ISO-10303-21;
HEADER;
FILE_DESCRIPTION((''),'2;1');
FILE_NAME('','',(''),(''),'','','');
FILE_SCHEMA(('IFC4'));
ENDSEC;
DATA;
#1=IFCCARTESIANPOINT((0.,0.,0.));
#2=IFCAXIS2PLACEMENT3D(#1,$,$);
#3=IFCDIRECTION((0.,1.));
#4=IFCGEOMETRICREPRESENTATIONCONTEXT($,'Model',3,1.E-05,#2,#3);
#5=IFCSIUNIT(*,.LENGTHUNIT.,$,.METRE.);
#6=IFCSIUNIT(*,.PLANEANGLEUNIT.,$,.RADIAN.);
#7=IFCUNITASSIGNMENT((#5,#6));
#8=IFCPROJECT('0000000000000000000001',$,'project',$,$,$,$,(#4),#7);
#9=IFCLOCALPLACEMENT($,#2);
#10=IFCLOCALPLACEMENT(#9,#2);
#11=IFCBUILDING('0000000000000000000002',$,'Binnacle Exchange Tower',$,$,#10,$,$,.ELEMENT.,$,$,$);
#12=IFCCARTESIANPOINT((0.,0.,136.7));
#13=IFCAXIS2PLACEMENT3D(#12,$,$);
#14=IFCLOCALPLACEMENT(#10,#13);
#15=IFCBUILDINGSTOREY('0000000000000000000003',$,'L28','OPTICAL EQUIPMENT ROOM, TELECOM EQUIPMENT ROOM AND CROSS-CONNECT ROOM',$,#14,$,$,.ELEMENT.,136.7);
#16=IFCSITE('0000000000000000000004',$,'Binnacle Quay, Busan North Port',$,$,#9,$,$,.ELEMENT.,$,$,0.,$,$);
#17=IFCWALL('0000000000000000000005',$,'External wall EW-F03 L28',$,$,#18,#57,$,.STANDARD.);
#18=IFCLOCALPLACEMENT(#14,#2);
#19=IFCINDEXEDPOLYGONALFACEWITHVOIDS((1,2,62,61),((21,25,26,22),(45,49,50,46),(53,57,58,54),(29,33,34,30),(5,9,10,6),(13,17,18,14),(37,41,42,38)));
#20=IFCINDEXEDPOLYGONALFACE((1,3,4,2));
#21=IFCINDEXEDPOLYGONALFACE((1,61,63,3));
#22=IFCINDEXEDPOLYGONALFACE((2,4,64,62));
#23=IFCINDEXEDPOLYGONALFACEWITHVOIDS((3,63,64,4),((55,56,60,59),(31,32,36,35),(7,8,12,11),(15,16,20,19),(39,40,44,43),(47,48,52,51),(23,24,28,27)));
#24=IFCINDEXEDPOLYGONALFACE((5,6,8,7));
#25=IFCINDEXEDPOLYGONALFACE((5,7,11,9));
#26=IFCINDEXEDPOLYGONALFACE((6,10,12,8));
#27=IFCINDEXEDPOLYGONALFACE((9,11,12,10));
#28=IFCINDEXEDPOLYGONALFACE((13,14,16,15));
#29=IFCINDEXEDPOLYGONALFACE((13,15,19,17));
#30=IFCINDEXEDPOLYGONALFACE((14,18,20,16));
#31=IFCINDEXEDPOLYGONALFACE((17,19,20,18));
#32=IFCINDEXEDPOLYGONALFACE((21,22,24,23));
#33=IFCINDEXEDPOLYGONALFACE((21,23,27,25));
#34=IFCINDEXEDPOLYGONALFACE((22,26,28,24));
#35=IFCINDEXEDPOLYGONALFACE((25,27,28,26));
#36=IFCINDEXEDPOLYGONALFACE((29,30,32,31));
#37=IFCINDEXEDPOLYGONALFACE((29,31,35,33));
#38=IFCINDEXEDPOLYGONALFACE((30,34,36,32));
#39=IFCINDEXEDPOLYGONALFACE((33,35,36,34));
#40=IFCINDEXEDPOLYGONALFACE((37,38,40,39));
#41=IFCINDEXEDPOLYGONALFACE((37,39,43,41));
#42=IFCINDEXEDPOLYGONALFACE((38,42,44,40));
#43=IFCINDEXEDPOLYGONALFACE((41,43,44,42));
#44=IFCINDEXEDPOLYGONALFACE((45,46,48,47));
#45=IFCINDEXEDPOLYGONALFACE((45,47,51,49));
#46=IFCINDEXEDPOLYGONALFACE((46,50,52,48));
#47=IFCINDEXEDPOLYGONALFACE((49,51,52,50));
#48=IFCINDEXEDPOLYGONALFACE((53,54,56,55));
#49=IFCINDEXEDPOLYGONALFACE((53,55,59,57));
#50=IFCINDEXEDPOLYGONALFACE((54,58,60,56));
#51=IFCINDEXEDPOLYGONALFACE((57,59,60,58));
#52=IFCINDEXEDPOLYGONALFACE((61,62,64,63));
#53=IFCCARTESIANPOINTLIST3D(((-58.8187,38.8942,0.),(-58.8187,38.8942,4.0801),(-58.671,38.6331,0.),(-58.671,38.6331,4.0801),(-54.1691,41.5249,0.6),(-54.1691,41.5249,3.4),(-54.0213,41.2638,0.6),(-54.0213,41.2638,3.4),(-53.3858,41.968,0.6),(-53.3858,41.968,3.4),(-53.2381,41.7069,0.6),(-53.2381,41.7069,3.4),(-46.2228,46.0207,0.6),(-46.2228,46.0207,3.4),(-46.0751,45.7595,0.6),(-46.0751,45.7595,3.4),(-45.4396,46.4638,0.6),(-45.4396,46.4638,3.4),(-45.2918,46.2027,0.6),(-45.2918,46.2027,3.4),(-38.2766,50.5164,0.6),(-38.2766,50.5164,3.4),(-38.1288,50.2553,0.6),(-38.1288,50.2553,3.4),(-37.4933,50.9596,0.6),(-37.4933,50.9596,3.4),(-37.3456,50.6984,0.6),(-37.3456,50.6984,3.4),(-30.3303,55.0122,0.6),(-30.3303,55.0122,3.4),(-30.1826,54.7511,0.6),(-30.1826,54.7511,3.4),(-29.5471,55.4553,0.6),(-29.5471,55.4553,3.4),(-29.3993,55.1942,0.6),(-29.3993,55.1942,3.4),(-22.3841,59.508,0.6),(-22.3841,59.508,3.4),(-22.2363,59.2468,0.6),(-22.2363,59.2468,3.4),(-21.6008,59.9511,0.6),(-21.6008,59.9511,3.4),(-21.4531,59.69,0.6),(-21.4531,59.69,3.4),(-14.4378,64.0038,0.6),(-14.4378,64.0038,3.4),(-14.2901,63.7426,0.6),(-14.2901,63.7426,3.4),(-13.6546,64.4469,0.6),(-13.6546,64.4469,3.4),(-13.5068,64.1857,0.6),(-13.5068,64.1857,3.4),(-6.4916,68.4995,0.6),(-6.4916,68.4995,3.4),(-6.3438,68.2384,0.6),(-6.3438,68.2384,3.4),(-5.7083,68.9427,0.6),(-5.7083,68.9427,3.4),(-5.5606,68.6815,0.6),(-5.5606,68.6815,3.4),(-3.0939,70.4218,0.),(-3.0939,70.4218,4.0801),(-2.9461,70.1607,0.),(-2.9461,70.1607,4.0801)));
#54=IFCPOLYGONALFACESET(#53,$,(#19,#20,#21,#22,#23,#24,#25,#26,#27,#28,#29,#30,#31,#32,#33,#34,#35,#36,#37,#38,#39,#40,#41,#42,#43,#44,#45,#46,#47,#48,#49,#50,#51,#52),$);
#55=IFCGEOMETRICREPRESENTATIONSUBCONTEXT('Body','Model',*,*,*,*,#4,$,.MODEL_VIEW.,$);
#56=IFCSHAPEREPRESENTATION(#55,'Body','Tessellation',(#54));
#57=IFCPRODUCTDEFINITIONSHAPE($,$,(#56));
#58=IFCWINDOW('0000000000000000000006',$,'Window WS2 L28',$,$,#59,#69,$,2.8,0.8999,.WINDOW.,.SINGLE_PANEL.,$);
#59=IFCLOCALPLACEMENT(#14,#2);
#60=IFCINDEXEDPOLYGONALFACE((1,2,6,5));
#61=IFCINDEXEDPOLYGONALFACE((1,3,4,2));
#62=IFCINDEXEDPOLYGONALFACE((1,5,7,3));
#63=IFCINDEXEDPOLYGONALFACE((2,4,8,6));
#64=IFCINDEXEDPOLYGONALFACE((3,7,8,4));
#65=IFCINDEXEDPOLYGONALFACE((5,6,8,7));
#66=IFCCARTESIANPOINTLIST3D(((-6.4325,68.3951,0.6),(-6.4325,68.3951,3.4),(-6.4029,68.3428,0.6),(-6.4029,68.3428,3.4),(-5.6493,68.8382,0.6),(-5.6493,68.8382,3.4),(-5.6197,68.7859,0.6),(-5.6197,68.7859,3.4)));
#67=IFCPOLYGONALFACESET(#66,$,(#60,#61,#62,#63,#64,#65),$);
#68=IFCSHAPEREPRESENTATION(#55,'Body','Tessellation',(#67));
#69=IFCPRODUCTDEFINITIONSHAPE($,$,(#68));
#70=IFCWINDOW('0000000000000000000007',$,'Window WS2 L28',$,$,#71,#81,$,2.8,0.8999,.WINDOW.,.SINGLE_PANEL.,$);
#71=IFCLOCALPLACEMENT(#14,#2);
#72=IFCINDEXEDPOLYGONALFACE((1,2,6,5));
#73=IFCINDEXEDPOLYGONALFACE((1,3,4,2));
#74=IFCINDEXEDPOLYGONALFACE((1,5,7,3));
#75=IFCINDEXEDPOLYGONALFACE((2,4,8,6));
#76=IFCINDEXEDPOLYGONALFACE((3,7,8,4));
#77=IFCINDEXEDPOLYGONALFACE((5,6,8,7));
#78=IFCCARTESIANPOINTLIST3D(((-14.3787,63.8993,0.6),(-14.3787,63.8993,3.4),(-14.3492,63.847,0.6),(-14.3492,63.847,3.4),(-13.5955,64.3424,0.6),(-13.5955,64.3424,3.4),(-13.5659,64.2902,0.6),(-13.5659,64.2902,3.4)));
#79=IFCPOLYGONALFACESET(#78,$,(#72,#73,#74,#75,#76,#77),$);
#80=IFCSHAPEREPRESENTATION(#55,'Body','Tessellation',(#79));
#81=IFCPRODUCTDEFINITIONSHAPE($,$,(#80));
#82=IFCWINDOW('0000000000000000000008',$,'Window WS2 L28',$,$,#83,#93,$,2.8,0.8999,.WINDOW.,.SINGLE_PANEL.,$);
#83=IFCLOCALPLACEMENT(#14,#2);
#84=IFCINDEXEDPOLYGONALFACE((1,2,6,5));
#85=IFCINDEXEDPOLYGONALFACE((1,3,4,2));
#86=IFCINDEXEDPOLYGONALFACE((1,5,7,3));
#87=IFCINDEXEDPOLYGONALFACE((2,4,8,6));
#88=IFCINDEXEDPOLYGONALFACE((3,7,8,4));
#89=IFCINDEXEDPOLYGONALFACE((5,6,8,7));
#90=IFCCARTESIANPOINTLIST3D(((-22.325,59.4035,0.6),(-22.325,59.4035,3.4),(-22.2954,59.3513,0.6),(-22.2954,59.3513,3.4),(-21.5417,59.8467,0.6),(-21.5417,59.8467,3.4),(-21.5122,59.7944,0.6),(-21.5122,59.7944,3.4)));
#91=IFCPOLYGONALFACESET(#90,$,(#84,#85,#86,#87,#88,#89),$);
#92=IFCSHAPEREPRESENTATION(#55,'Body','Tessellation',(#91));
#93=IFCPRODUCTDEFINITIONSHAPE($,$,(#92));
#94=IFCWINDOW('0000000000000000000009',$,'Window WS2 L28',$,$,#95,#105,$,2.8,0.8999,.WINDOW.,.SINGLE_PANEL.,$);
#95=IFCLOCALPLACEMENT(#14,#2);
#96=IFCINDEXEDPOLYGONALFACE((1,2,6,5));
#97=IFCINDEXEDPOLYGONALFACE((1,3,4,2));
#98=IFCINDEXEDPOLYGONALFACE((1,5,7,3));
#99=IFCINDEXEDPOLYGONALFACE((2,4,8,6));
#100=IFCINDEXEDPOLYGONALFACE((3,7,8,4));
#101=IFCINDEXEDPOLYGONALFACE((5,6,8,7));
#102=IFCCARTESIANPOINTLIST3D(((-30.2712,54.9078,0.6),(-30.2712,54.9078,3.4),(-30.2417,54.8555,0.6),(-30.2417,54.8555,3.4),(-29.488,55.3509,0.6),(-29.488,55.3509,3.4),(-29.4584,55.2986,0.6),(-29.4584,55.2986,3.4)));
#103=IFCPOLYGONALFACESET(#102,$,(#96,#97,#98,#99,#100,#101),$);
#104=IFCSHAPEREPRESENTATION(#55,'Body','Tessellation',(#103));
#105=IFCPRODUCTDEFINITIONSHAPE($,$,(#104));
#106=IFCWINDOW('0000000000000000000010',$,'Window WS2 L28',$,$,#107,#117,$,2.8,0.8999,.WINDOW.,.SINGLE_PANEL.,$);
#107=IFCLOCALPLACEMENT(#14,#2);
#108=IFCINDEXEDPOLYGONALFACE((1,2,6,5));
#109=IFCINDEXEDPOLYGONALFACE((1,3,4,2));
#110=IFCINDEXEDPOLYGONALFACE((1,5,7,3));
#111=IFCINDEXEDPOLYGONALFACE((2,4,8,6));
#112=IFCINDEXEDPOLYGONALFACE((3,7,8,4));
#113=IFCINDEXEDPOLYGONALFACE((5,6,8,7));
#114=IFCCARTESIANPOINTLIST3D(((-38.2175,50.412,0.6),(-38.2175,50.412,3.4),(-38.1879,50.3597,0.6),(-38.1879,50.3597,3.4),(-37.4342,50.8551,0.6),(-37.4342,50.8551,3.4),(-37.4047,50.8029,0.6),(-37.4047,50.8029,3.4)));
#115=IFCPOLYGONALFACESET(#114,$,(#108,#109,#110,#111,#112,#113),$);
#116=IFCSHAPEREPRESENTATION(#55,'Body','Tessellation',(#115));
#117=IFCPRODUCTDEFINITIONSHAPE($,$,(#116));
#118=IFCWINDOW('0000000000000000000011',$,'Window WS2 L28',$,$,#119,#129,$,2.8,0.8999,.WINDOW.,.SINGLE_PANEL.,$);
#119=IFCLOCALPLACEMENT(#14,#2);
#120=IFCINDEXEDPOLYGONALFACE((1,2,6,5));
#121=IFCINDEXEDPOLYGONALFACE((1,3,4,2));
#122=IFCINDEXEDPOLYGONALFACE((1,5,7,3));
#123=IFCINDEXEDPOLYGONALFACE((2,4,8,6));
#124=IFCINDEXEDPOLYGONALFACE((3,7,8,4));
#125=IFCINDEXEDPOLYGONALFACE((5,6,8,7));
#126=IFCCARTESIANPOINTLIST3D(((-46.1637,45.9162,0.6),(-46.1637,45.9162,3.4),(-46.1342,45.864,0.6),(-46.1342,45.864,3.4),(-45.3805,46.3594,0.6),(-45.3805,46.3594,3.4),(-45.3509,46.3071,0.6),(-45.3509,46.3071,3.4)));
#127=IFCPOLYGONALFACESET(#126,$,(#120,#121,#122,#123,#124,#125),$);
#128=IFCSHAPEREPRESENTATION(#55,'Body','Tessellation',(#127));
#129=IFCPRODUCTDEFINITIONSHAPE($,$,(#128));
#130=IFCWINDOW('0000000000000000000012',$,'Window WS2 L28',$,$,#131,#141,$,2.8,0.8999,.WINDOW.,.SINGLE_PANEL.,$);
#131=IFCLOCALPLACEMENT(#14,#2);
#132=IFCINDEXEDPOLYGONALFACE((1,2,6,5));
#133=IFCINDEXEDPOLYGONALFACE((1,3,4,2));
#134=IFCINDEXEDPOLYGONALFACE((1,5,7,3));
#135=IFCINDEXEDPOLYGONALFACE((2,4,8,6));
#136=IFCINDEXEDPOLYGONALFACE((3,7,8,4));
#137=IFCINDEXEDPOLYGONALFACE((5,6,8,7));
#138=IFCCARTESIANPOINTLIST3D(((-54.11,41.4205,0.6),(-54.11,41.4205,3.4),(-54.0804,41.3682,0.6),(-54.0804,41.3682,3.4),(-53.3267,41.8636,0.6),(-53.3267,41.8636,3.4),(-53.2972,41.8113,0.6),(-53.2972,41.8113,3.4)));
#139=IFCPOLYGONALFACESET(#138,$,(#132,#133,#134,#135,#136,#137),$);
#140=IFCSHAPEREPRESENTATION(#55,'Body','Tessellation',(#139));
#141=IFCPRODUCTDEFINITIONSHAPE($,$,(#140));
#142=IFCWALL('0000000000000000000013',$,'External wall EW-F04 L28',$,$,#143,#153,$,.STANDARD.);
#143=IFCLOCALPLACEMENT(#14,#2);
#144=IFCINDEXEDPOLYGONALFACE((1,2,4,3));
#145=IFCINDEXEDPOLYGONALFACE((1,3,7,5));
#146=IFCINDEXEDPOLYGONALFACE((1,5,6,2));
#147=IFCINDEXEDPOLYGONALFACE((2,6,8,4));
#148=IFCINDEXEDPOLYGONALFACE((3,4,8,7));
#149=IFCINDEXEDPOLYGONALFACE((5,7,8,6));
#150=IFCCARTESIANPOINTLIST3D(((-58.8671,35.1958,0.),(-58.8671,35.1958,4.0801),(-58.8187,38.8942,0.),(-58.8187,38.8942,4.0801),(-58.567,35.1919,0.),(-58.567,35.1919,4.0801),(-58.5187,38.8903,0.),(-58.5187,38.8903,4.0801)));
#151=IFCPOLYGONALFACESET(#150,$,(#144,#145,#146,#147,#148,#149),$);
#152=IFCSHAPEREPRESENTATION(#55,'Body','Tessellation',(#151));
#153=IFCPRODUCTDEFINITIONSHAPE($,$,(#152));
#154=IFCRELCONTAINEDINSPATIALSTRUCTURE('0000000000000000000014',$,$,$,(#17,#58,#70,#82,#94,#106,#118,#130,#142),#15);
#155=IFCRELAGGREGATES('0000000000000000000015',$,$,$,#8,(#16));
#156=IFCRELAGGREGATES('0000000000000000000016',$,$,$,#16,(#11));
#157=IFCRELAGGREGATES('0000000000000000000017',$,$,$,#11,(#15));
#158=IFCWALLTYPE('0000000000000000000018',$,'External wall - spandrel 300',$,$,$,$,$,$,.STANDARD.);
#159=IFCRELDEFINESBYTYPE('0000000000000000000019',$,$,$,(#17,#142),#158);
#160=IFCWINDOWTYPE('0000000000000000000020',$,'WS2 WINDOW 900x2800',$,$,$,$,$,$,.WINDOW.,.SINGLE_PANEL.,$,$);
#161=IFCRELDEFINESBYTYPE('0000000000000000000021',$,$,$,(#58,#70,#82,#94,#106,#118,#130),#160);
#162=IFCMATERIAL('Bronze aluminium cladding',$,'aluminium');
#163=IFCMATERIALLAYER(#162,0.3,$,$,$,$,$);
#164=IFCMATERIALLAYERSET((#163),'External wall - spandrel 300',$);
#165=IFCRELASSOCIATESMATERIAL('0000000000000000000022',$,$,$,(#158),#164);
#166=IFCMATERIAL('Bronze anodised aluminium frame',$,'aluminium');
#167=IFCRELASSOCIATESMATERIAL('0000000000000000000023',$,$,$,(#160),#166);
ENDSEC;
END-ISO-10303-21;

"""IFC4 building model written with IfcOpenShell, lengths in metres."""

from ifc_helpers import new_model, si_unit, direction, frame, frame_2d, origin, place, context, subcontext, project, spatial, rectangle, extrude, material, layer, layer_set, type_object, element, fill, save


model = new_model("IFC4")

# Units and contexts
model_context = context("Model", 3, precision=1e-05, world=origin(), true_north=direction((0.0, 1.0)))
body_context = subcontext(model_context, "Body", "Model", "MODEL_VIEW")
ifc_project = project(units=[si_unit("LENGTHUNIT", "METRE"), si_unit("PLANEANGLEUNIT", "RADIAN")], contexts=[model_context])

# Site, building, storey
site_placement = place(None, origin())
site = spatial("IfcSite", under=ifc_project, at=site_placement, Name="Binnacle Quay, Busan North Port", CompositionType="ELEMENT", RefElevation=0.0)
building_placement = place(site_placement, origin())
building = spatial("IfcBuilding", under=site, at=building_placement, Name="Binnacle Exchange Tower", CompositionType="ELEMENT")
storey_placement = place(building_placement, frame((0.0, 0.0, 136.7)))
storey = spatial("IfcBuildingStorey", under=building, at=storey_placement, Name="L28", Description="OPTICAL EQUIPMENT ROOM, TELECOM EQUIPMENT ROOM AND CROSS-CONNECT ROOM", CompositionType="ELEMENT", Elevation=136.7)

# Wall, openings, windows
ifc_material_1 = material(Name="Bronze aluminium cladding", Category="aluminium")
ifc_layer_1 = layer(ifc_material_1, 0.3)
ifc_layer_set_1 = layer_set([ifc_layer_1], Name="External wall - spandrel 300")
wall_type_1 = type_object("IfcWallType", Name="External wall - spandrel 300", PredefinedType="STANDARD", material=ifc_layer_set_1)
wall_1_placement = place(storey_placement, frame((-58.7449, 38.7637, 0.0), z_axis=(0.0, 0.0, 1.0), x_axis=(0.870356, 0.492423, 0.0)))
wall_1 = element("IfcWall", 1, at=wall_1_placement, inside=storey, type_object=wall_type_1, Name="External wall EW-F03 L28", PredefinedType="STANDARD", context=body_context, shape_type="SweptSolid", body=[
    extrude(rectangle(XDim=64.0254, YDim=0.3, at=frame_2d((32.0127, 0.0))), origin(), (0.0, 0.0, 1.0), 4.0801),
])
opening_1_placement = place(wall_1_placement, frame((60.1216, 0.0, 0.6001)))
opening_1 = element("IfcOpeningElement", 2, at=opening_1_placement, cuts=wall_1, PredefinedType="OPENING", context=body_context, shape_type="SweptSolid", body=[
    extrude(rectangle(XDim=0.8999, YDim=2.8, at=frame_2d((0.45, 1.3999))), frame((0.0, 0.1599, 0.0), z_axis=(0.0, -1.0, 0.0), x_axis=(1.0, 0.0, 0.0)), (0.0, 0.0, 1.0), 0.3201),
])
opening_2_placement = place(wall_1_placement, frame((50.9917, 0.0, 0.6001)))
opening_2 = element("IfcOpeningElement", 3, at=opening_2_placement, cuts=wall_1, PredefinedType="OPENING", context=body_context, shape_type="SweptSolid", body=[
    extrude(rectangle(XDim=0.8999, YDim=2.8, at=frame_2d((0.45, 1.3999))), frame((0.0, 0.1599, 0.0), z_axis=(0.0, -1.0, 0.0), x_axis=(1.0, 0.0, 0.0)), (0.0, 0.0, 1.0), 0.3201),
])
opening_3_placement = place(wall_1_placement, frame((41.8618, 0.0, 0.6001)))
opening_3 = element("IfcOpeningElement", 4, at=opening_3_placement, cuts=wall_1, PredefinedType="OPENING", context=body_context, shape_type="SweptSolid", body=[
    extrude(rectangle(XDim=0.8999, YDim=2.8, at=frame_2d((0.45, 1.3999))), frame((0.0, 0.1599, 0.0), z_axis=(0.0, -1.0, 0.0), x_axis=(1.0, 0.0, 0.0)), (0.0, 0.0, 1.0), 0.3201),
])
opening_4_placement = place(wall_1_placement, frame((32.7319, 0.0, 0.6001)))
opening_4 = element("IfcOpeningElement", 5, at=opening_4_placement, cuts=wall_1, PredefinedType="OPENING", context=body_context, shape_type="SweptSolid", body=[
    extrude(rectangle(XDim=0.8999, YDim=2.8, at=frame_2d((0.45, 1.3999))), frame((0.0, 0.1599, 0.0), z_axis=(0.0, -1.0, 0.0), x_axis=(1.0, 0.0, 0.0)), (0.0, 0.0, 1.0), 0.3201),
])
opening_5_placement = place(wall_1_placement, frame((23.6021, 0.0, 0.6001)))
opening_5 = element("IfcOpeningElement", 6, at=opening_5_placement, cuts=wall_1, PredefinedType="OPENING", context=body_context, shape_type="SweptSolid", body=[
    extrude(rectangle(XDim=0.8999, YDim=2.8, at=frame_2d((0.45, 1.3999))), frame((0.0, 0.1599, 0.0), z_axis=(0.0, -1.0, 0.0), x_axis=(1.0, 0.0, 0.0)), (0.0, 0.0, 1.0), 0.3201),
])
opening_6_placement = place(wall_1_placement, frame((14.4722, 0.0, 0.6001)))
opening_6 = element("IfcOpeningElement", 7, at=opening_6_placement, cuts=wall_1, PredefinedType="OPENING", context=body_context, shape_type="SweptSolid", body=[
    extrude(rectangle(XDim=0.8999, YDim=2.8, at=frame_2d((0.45, 1.3999))), frame((0.0, 0.1599, 0.0), z_axis=(0.0, -1.0, 0.0), x_axis=(1.0, 0.0, 0.0)), (0.0, 0.0, 1.0), 0.3201),
])
opening_7_placement = place(wall_1_placement, frame((5.3423, 0.0, 0.6001)))
opening_7 = element("IfcOpeningElement", 8, at=opening_7_placement, cuts=wall_1, PredefinedType="OPENING", context=body_context, shape_type="SweptSolid", body=[
    extrude(rectangle(XDim=0.8999, YDim=2.8, at=frame_2d((0.45, 1.3999))), frame((0.0, 0.1599, 0.0), z_axis=(0.0, -1.0, 0.0), x_axis=(1.0, 0.0, 0.0)), (0.0, 0.0, 1.0), 0.3201),
])
ifc_material_2 = material(Name="Bronze anodised aluminium frame", Category="aluminium")
window_type = type_object("IfcWindowType", Name="WS2 WINDOW 900x2800", PartitioningType="SINGLE_PANEL", PredefinedType="WINDOW", material=ifc_material_2)
window_1_placement = place(opening_1_placement, origin())
window_1 = element("IfcWindow", 9, at=window_1_placement, inside=storey, type_object=window_type, Name="Window WS2 L28", OverallHeight=2.8, OverallWidth=0.8999, PartitioningType="SINGLE_PANEL", PredefinedType="WINDOW", context=body_context, shape_type="SweptSolid", body=[
    extrude(rectangle(XDim=0.8999, YDim=2.8, at=frame_2d((0.45, 1.3999))), frame((0.0, 0.03, 0.0), z_axis=(0.0, -1.0, 0.0), x_axis=(1.0, 0.0, 0.0)), (0.0, 0.0, 1.0), 0.0601),
])
fill(opening_1, window_1)
window_2_placement = place(opening_2_placement, origin())
window_2 = element("IfcWindow", 10, at=window_2_placement, inside=storey, type_object=window_type, Name="Window WS2 L28", OverallHeight=2.8, OverallWidth=0.8999, PartitioningType="SINGLE_PANEL", PredefinedType="WINDOW", context=body_context, shape_type="SweptSolid", body=[
    extrude(rectangle(XDim=0.8999, YDim=2.8, at=frame_2d((0.45, 1.3999))), frame((0.0, 0.03, 0.0), z_axis=(0.0, -1.0, 0.0), x_axis=(1.0, 0.0, 0.0)), (0.0, 0.0, 1.0), 0.0601),
])
fill(opening_2, window_2)
window_3_placement = place(opening_3_placement, origin())
window_3 = element("IfcWindow", 11, at=window_3_placement, inside=storey, type_object=window_type, Name="Window WS2 L28", OverallHeight=2.8, OverallWidth=0.8999, PartitioningType="SINGLE_PANEL", PredefinedType="WINDOW", context=body_context, shape_type="SweptSolid", body=[
    extrude(rectangle(XDim=0.8999, YDim=2.8, at=frame_2d((0.45, 1.3999))), frame((0.0, 0.03, 0.0), z_axis=(0.0, -1.0, 0.0), x_axis=(1.0, 0.0, 0.0)), (0.0, 0.0, 1.0), 0.0601),
])
fill(opening_3, window_3)
window_4_placement = place(opening_4_placement, origin())
window_4 = element("IfcWindow", 12, at=window_4_placement, inside=storey, type_object=window_type, Name="Window WS2 L28", OverallHeight=2.8, OverallWidth=0.8999, PartitioningType="SINGLE_PANEL", PredefinedType="WINDOW", context=body_context, shape_type="SweptSolid", body=[
    extrude(rectangle(XDim=0.8999, YDim=2.8, at=frame_2d((0.45, 1.3999))), frame((0.0, 0.03, 0.0), z_axis=(0.0, -1.0, 0.0), x_axis=(1.0, 0.0, 0.0)), (0.0, 0.0, 1.0), 0.0601),
])
fill(opening_4, window_4)
window_5_placement = place(opening_5_placement, origin())
window_5 = element("IfcWindow", 13, at=window_5_placement, inside=storey, type_object=window_type, Name="Window WS2 L28", OverallHeight=2.8, OverallWidth=0.8999, PartitioningType="SINGLE_PANEL", PredefinedType="WINDOW", context=body_context, shape_type="SweptSolid", body=[
    extrude(rectangle(XDim=0.8999, YDim=2.8, at=frame_2d((0.45, 1.3999))), frame((0.0, 0.03, 0.0), z_axis=(0.0, -1.0, 0.0), x_axis=(1.0, 0.0, 0.0)), (0.0, 0.0, 1.0), 0.0601),
])
fill(opening_5, window_5)
window_6_placement = place(opening_6_placement, origin())
window_6 = element("IfcWindow", 14, at=window_6_placement, inside=storey, type_object=window_type, Name="Window WS2 L28", OverallHeight=2.8, OverallWidth=0.8999, PartitioningType="SINGLE_PANEL", PredefinedType="WINDOW", context=body_context, shape_type="SweptSolid", body=[
    extrude(rectangle(XDim=0.8999, YDim=2.8, at=frame_2d((0.45, 1.3999))), frame((0.0, 0.03, 0.0), z_axis=(0.0, -1.0, 0.0), x_axis=(1.0, 0.0, 0.0)), (0.0, 0.0, 1.0), 0.0601),
])
fill(opening_6, window_6)
window_7_placement = place(opening_7_placement, origin())
window_7 = element("IfcWindow", 15, at=window_7_placement, inside=storey, type_object=window_type, Name="Window WS2 L28", OverallHeight=2.8, OverallWidth=0.8999, PartitioningType="SINGLE_PANEL", PredefinedType="WINDOW", context=body_context, shape_type="SweptSolid", body=[
    extrude(rectangle(XDim=0.8999, YDim=2.8, at=frame_2d((0.45, 1.3999))), frame((0.0, 0.03, 0.0), z_axis=(0.0, -1.0, 0.0), x_axis=(1.0, 0.0, 0.0)), (0.0, 0.0, 1.0), 0.0601),
])
fill(opening_7, window_7)

# Wall
wall_2_placement = place(storey_placement, frame((-58.717, 35.1938, 0.0), z_axis=(0.0, 0.0, 1.0), x_axis=(0.013069, 0.999915, 0.0)))
element("IfcWall", 16, at=wall_2_placement, inside=storey, type_object=wall_type_1, Name="External wall EW-F04 L28", PredefinedType="STANDARD", context=body_context, shape_type="SweptSolid", body=[
    extrude(rectangle(XDim=3.6987, YDim=0.3, at=frame_2d((1.8494, 0.0))), origin(), (0.0, 0.0, 1.0), 4.0801),
])

save(model, "model.ifc")
